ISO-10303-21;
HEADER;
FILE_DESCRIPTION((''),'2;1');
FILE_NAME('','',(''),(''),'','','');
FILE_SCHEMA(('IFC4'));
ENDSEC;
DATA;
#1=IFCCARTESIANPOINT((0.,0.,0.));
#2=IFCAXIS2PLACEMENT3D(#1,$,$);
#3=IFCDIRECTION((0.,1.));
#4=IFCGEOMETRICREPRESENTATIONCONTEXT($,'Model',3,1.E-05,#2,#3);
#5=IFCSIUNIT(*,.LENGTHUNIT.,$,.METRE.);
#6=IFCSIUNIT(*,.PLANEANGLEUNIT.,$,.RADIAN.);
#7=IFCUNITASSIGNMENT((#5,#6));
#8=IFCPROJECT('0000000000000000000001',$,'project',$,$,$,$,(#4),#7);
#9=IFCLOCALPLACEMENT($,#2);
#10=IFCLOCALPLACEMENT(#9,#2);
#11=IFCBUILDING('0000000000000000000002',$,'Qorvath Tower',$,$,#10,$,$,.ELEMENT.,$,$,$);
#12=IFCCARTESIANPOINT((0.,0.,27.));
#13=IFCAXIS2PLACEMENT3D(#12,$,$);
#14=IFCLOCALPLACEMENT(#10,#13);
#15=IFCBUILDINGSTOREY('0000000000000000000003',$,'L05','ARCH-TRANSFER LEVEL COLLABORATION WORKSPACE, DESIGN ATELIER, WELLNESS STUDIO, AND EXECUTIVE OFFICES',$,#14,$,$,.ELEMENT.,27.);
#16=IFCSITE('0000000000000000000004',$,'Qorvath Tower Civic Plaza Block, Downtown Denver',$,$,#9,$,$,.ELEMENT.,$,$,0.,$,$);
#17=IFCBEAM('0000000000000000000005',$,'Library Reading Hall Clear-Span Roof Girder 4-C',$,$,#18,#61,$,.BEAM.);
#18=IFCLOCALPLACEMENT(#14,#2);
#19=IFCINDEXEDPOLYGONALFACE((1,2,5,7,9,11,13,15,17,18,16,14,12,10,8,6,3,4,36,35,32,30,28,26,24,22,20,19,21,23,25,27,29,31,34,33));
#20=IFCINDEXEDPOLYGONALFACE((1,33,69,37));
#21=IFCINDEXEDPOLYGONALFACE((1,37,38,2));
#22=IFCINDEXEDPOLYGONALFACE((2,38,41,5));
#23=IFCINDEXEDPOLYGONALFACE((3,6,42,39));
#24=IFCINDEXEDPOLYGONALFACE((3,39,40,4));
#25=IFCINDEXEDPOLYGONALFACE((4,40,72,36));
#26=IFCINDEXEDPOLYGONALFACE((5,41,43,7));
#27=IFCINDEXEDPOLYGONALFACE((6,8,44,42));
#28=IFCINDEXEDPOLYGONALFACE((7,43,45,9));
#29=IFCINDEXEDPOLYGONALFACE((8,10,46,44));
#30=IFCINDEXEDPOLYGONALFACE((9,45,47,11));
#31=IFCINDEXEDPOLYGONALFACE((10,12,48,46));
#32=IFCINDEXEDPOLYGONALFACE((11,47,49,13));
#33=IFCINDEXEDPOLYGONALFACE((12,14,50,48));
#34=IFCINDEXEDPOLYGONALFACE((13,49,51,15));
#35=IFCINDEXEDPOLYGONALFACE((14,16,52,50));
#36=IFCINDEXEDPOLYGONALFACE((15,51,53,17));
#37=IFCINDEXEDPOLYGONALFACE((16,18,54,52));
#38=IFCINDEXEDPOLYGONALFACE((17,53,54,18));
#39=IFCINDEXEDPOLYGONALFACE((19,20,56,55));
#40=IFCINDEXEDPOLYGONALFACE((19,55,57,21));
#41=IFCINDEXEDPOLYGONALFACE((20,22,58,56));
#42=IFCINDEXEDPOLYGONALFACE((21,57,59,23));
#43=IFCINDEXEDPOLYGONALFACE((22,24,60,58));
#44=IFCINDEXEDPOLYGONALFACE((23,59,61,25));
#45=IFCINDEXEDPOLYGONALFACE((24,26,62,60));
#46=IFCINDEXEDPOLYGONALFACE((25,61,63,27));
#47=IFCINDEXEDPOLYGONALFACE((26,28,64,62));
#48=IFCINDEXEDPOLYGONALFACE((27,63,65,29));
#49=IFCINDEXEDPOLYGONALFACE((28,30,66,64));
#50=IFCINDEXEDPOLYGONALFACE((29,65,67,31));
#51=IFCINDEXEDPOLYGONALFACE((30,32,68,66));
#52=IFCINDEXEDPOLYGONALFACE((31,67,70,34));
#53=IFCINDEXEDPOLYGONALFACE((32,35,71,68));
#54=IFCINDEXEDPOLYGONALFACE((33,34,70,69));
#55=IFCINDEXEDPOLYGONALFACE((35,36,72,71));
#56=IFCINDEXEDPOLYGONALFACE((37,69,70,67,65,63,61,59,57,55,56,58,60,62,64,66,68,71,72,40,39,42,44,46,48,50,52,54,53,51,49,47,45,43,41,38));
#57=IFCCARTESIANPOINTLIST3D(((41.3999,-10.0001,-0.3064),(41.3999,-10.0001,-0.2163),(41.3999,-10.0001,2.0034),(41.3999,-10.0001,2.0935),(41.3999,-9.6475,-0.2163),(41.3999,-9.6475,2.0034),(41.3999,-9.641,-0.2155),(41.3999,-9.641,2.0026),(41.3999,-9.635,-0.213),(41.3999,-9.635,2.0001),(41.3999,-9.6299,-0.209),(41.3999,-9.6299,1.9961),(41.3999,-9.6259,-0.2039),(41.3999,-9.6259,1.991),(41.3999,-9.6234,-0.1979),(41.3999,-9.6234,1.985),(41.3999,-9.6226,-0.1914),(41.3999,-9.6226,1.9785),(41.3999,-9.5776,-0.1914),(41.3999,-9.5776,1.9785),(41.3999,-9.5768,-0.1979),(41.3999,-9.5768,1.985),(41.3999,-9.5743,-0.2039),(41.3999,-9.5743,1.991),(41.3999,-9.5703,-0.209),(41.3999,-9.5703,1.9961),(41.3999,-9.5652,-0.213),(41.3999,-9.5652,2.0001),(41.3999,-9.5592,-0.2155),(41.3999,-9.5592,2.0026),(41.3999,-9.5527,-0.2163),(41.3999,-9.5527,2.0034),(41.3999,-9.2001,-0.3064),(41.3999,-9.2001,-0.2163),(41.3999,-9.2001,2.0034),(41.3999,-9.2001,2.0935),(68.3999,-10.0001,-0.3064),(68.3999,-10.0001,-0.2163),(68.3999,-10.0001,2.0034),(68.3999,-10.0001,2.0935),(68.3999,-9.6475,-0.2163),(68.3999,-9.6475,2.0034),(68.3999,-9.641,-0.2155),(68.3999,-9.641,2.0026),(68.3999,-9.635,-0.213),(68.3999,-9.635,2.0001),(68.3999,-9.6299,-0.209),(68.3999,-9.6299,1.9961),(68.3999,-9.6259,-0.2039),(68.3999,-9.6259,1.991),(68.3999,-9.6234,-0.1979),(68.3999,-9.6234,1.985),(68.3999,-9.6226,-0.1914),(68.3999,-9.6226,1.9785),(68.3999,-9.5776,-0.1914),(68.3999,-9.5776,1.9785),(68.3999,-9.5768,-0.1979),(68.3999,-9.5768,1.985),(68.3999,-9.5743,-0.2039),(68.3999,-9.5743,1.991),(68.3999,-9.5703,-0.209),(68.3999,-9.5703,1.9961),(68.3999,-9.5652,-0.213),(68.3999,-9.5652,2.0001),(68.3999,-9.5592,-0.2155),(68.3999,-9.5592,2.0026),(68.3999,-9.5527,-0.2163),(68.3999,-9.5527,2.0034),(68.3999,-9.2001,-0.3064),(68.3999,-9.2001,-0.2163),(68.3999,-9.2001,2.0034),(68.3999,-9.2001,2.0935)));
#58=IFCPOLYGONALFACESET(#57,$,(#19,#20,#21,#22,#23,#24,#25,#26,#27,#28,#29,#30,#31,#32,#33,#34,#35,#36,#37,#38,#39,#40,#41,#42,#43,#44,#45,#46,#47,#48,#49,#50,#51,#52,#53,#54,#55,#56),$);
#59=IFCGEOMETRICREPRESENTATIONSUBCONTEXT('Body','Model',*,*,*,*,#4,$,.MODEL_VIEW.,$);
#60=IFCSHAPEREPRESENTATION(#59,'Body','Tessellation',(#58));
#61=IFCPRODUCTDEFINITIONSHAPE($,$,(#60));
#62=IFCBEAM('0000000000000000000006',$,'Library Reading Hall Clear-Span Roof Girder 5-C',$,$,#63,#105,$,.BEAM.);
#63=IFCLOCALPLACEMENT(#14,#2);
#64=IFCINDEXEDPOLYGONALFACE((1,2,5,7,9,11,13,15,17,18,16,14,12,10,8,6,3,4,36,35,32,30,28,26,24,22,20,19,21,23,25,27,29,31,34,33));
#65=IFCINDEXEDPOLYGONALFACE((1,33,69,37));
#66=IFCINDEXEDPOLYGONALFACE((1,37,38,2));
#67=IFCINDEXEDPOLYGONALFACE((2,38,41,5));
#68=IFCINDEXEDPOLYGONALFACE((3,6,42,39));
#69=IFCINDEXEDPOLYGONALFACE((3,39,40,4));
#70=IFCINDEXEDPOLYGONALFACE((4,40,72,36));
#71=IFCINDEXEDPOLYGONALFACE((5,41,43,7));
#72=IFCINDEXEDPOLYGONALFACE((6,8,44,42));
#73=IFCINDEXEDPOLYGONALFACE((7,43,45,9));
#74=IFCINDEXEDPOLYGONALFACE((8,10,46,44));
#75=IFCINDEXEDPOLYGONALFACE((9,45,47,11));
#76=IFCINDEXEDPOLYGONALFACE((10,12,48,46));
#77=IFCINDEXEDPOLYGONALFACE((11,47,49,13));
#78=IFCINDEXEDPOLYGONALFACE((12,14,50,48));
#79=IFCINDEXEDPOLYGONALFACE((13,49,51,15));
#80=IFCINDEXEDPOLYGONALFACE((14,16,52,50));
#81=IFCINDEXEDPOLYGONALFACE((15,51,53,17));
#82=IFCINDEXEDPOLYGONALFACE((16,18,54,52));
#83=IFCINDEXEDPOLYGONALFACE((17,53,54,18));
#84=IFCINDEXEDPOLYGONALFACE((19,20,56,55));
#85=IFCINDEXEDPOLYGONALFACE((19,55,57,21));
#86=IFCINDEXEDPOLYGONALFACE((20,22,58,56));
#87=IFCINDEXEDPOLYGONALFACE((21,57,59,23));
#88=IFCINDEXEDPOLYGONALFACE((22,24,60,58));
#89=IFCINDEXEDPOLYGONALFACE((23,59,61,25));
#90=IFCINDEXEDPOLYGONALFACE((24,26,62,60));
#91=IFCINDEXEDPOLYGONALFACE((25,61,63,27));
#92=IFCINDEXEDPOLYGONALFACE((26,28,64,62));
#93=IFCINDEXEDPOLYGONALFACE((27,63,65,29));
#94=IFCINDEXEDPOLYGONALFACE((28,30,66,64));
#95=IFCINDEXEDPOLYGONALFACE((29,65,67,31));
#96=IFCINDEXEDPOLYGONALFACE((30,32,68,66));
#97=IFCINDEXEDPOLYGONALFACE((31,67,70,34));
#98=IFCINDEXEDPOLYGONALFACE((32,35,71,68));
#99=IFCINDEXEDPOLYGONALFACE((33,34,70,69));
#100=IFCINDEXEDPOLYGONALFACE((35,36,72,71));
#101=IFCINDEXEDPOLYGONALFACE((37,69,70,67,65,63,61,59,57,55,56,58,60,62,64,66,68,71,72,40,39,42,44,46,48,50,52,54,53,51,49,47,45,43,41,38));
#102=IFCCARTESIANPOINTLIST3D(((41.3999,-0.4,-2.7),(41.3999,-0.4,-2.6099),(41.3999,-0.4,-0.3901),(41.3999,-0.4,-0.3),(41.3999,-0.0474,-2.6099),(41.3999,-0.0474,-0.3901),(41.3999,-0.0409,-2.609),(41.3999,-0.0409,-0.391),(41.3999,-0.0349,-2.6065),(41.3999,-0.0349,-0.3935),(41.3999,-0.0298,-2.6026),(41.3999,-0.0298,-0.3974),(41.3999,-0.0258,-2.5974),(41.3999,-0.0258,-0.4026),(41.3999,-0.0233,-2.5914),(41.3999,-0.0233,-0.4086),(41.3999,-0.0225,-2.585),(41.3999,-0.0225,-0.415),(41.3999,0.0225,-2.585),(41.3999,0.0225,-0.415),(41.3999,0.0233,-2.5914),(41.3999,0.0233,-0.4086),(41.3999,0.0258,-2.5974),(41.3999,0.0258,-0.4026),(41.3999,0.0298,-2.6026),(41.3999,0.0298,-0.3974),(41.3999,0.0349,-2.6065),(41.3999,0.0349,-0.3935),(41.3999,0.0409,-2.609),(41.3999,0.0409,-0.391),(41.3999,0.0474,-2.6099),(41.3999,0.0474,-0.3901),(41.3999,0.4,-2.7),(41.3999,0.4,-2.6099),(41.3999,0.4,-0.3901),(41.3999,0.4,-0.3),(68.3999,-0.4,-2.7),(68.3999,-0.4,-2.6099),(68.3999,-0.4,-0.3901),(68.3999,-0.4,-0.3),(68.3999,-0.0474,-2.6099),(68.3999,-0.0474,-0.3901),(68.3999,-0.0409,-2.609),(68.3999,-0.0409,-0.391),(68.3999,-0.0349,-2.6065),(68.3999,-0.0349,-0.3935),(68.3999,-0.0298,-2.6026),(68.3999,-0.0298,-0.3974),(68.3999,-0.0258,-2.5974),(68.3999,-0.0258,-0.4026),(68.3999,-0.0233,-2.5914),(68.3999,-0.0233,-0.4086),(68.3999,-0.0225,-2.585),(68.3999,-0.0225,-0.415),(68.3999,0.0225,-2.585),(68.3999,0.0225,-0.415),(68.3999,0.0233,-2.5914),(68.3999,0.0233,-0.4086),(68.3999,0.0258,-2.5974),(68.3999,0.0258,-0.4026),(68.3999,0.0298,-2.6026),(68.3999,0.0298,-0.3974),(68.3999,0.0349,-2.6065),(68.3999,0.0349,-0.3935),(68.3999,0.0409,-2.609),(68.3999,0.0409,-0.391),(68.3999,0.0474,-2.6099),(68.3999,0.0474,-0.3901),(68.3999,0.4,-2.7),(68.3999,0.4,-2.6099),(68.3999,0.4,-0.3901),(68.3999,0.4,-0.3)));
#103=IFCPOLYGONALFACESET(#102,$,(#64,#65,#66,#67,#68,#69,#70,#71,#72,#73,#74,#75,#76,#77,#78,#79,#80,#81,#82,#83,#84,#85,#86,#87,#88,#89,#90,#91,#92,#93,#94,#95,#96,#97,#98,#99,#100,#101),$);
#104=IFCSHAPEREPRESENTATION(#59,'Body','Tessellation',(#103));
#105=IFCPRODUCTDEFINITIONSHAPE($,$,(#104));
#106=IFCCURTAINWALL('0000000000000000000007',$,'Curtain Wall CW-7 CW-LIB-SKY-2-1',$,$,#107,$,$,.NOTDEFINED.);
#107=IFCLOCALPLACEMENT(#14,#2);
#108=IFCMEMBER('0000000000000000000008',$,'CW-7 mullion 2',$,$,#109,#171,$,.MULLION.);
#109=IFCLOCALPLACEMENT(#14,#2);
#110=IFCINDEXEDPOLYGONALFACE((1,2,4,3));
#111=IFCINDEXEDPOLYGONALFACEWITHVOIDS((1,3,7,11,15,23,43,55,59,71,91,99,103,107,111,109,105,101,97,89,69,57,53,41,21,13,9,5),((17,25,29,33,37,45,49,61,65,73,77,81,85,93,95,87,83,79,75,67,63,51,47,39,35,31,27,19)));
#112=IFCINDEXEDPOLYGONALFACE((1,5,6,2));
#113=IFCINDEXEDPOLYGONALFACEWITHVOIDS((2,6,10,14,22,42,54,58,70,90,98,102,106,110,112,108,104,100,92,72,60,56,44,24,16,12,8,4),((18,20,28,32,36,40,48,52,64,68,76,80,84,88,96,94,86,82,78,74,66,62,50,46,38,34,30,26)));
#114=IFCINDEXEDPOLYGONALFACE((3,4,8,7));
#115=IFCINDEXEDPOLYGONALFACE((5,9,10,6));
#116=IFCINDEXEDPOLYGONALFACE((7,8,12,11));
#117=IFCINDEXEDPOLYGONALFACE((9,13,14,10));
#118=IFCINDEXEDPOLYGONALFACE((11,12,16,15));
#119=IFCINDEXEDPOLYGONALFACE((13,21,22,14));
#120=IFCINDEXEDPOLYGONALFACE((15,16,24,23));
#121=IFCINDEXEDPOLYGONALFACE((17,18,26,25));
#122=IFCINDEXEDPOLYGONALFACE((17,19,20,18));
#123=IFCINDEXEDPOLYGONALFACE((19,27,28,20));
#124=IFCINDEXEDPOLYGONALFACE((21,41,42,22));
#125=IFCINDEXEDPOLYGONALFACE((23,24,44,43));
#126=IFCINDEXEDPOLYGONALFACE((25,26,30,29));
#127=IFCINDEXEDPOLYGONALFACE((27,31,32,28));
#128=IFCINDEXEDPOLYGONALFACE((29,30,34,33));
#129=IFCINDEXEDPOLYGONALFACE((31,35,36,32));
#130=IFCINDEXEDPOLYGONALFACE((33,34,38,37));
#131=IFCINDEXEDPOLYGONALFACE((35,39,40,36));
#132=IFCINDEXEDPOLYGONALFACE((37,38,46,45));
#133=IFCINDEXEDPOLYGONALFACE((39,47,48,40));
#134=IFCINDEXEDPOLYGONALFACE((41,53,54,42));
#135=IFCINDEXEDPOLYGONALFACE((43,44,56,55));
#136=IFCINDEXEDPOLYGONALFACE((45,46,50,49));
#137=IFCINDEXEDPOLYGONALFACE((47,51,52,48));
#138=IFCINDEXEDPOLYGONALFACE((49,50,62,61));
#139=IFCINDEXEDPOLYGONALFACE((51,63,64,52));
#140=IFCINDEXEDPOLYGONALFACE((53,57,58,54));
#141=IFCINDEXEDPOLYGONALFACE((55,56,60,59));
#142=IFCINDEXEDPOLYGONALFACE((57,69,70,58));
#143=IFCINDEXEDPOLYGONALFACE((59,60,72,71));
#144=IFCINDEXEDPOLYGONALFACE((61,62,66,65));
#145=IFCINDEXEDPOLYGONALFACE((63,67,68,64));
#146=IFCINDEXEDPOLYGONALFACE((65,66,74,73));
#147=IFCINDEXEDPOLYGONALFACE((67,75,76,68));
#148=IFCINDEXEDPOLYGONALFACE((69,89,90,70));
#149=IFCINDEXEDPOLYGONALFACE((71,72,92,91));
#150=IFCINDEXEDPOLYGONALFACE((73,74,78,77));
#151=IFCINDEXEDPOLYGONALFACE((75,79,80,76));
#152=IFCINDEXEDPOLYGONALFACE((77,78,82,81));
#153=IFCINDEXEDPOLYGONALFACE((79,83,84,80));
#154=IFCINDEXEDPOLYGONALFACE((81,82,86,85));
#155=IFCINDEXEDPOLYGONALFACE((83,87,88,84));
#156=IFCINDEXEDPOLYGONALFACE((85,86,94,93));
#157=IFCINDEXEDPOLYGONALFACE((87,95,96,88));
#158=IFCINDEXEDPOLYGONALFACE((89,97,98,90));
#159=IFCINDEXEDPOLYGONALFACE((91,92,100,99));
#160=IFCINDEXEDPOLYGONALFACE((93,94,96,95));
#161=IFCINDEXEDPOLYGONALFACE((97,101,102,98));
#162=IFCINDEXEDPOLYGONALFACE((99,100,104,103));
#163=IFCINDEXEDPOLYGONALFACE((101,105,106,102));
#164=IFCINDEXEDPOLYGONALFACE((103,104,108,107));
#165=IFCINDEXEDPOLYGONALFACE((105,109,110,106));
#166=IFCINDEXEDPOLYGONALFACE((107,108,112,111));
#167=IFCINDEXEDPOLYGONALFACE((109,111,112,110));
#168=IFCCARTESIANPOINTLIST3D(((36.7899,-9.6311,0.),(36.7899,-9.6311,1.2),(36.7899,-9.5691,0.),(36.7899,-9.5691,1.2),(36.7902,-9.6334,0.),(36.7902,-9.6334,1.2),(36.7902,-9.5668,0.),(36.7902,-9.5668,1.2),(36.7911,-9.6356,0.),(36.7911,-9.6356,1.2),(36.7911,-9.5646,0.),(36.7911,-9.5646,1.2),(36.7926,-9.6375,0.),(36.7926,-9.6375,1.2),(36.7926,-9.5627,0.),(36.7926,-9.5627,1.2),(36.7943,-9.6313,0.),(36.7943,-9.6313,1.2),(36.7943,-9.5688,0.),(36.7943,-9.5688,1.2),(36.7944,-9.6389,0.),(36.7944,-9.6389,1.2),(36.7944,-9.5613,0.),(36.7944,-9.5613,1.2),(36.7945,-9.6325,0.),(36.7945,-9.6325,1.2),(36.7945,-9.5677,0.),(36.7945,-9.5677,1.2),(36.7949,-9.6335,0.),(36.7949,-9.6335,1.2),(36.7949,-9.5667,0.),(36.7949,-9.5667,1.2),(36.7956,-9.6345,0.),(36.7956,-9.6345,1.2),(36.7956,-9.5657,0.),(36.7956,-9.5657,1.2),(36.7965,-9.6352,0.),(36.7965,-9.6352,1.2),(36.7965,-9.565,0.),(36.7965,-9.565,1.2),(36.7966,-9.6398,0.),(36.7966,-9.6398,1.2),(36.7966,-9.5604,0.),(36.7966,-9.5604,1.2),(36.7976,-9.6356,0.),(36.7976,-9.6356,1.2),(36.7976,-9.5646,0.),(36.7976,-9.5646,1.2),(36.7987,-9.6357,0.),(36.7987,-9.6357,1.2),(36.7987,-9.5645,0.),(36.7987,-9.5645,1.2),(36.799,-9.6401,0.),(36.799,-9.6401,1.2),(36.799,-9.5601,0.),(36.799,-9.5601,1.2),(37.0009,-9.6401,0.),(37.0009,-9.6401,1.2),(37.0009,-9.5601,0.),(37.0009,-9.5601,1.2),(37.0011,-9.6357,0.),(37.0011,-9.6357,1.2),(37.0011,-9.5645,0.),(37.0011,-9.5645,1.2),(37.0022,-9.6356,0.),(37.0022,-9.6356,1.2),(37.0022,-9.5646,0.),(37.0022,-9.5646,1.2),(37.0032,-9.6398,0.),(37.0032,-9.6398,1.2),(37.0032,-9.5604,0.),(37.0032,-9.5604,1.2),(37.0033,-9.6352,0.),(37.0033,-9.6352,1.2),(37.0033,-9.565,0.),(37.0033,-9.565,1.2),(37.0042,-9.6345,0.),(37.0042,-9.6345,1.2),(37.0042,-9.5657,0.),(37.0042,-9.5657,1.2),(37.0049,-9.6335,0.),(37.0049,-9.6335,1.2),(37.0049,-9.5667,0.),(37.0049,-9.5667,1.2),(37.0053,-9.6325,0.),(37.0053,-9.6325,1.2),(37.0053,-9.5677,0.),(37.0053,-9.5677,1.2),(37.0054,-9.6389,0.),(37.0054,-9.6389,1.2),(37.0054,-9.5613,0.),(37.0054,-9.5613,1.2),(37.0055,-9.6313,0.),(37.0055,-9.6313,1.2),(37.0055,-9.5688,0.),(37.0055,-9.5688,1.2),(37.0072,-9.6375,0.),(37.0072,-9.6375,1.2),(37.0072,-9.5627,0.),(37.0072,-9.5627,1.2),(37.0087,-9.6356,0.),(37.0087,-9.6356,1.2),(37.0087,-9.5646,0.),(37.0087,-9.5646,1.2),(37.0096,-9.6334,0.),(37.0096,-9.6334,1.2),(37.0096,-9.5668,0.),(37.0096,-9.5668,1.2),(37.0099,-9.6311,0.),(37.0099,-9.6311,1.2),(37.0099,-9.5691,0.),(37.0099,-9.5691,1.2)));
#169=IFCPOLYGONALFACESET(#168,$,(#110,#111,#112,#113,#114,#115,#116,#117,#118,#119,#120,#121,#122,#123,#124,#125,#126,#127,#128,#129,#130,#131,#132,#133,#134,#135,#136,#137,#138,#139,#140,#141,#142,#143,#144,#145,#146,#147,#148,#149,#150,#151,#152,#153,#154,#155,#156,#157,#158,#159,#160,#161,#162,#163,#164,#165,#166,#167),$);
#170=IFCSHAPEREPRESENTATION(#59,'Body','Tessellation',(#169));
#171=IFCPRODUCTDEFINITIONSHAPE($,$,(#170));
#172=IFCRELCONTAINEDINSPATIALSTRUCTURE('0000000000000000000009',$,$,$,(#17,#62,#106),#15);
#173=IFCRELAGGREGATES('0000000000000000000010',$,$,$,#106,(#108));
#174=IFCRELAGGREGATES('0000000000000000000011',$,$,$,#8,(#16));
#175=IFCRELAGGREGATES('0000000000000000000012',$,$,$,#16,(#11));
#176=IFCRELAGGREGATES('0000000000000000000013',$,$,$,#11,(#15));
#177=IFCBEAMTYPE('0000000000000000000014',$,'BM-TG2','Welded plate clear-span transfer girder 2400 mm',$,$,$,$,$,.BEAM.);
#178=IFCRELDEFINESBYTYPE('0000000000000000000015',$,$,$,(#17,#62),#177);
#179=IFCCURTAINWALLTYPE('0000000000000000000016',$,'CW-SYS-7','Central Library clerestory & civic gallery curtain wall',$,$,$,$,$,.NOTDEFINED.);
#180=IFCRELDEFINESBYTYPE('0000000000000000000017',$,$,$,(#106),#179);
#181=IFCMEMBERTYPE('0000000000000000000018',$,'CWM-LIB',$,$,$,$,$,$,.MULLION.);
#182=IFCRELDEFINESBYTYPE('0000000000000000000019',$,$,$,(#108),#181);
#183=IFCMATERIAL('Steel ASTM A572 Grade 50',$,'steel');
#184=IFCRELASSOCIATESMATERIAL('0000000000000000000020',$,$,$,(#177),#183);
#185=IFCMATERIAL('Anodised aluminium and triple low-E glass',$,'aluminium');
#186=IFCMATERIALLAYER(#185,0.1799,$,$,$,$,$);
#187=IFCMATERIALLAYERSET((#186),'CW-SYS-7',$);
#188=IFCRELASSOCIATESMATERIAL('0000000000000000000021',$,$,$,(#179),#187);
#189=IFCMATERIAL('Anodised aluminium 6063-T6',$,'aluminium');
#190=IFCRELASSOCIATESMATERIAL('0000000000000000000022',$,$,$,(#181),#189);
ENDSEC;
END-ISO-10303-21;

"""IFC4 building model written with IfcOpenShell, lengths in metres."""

from ifc_helpers import new_model, si_unit, direction, frame, origin, origin_2d, place, context, subcontext, project, spatial, hollow_rectangle, i_section, extrude, material, layer, layer_set, material_profile, profile_set, type_object, element, aggregate, save


model = new_model("IFC4")

# Units and contexts
model_context = context("Model", 3, precision=1e-05, world=origin(), true_north=direction((0.0, 1.0)))
body_context = subcontext(model_context, "Body", "Model", "MODEL_VIEW")
ifc_project = project(units=[si_unit("LENGTHUNIT", "METRE"), si_unit("PLANEANGLEUNIT", "RADIAN")], contexts=[model_context])

# Site, building, storey
site_placement = place(None, origin())
site = spatial("IfcSite", under=ifc_project, at=site_placement, Name="Qorvath Tower Civic Plaza Block, Downtown Denver", CompositionType="ELEMENT", RefElevation=0.0)
building_placement = place(site_placement, origin())
building = spatial("IfcBuilding", under=site, at=building_placement, Name="Qorvath Tower", CompositionType="ELEMENT")
storey_placement = place(building_placement, frame((0.0, 0.0, 27.0)))
storey = spatial("IfcBuildingStorey", under=building, at=storey_placement, Name="L05", Description="ARCH-TRANSFER LEVEL COLLABORATION WORKSPACE, DESIGN ATELIER, WELLNESS STUDIO, AND EXECUTIVE OFFICES", CompositionType="ELEMENT", Elevation=27.0)

# Beams
ifc_material_1 = material(Name="Steel ASTM A572 Grade 50", Category="steel")
ifc_material_profile_1 = material_profile(ifc_material_1, i_section(OverallWidth=0.8, OverallDepth=2.3999, WebThickness=0.0449, FlangeThickness=0.0901, FilletRadius=0.0249, at=origin_2d()), Name="WTG 2400x800")
ifc_profile_set_1 = profile_set([ifc_material_profile_1], Name="Steel ASTM A572 Grade 50")
beam_type = type_object("IfcBeamType", Name="BM-TG2", Description="Welded plate clear-span transfer girder 2400 mm", PredefinedType="BEAM", material=ifc_profile_set_1)
for number, where, z_axis, x_axis, name in (
    (1, (41.3999, -9.6001, 0.8936), (1.0, 0.0, 0.0), (0.0, 1.0, 0.0), "Library Reading Hall Clear-Span Roof Girder 4-C"),
    (2, (41.3999, 0.0, -1.5), (1.0, 0.0, 0.0), (0.0, 1.0, 0.0), "Library Reading Hall Clear-Span Roof Girder 5-C"),
):
    element("IfcBeam", number, at=place(storey_placement, frame(where, z_axis=z_axis, x_axis=x_axis)), inside=storey, type_object=beam_type, Name=name, PredefinedType="BEAM", context=body_context, shape_type="SweptSolid", body=[
        extrude(i_section(OverallWidth=0.8, OverallDepth=2.3999, WebThickness=0.0449, FlangeThickness=0.0901, FilletRadius=0.0249, at=origin_2d()), origin(), (0.0, 0.0, 1.0), 27.0),
    ])

# Curtain wall, member
ifc_material_2 = material(Name="Anodised aluminium and triple low-E glass", Category="aluminium")
ifc_layer_1 = layer(ifc_material_2, 0.1799)
ifc_layer_set_1 = layer_set([ifc_layer_1], Name="CW-SYS-7")
curtain_wall_type = type_object("IfcCurtainWallType", Name="CW-SYS-7", Description="Central Library clerestory & civic gallery curtain wall", PredefinedType="NOTDEFINED", material=ifc_layer_set_1)
curtain_wall_1_placement = place(storey_placement, origin())
curtain_wall_1 = element("IfcCurtainWall", 3, at=curtain_wall_1_placement, inside=storey, type_object=curtain_wall_type, Name="Curtain Wall CW-7 CW-LIB-SKY-2-1", PredefinedType="NOTDEFINED")
ifc_material_3 = material(Name="Anodised aluminium 6063-T6", Category="aluminium")
ifc_material_profile_2 = material_profile(ifc_material_3, hollow_rectangle(XDim=0.0801, YDim=0.22, WallThickness=0.0044, InnerFilletRadius=0.0044, OuterFilletRadius=0.009, at=origin_2d()), Name="CWM LIB 220x80")
ifc_profile_set_2 = profile_set([ifc_material_profile_2], Name="Anodised aluminium 6063-T6")
member_type_1 = type_object("IfcMemberType", Name="CWM-LIB", PredefinedType="MULLION", material=ifc_profile_set_2)
member_1_placement = place(storey_placement, frame((36.8999, -9.6001, 0.0), z_axis=(0.0, 0.0, 1.0), x_axis=(0.0, 1.0, 0.0)))
member_1 = element("IfcMember", 4, at=member_1_placement, type_object=member_type_1, Name="CW-7 mullion 2", PredefinedType="MULLION", context=body_context, shape_type="SweptSolid", body=[
    extrude(hollow_rectangle(XDim=0.0801, YDim=0.22, WallThickness=0.0044, InnerFilletRadius=0.0044, OuterFilletRadius=0.009, at=origin_2d()), origin(), (0.0, 0.0, 1.0), 1.2),
])

aggregate(curtain_wall_1, [member_1])

save(model, "model.ifc")
